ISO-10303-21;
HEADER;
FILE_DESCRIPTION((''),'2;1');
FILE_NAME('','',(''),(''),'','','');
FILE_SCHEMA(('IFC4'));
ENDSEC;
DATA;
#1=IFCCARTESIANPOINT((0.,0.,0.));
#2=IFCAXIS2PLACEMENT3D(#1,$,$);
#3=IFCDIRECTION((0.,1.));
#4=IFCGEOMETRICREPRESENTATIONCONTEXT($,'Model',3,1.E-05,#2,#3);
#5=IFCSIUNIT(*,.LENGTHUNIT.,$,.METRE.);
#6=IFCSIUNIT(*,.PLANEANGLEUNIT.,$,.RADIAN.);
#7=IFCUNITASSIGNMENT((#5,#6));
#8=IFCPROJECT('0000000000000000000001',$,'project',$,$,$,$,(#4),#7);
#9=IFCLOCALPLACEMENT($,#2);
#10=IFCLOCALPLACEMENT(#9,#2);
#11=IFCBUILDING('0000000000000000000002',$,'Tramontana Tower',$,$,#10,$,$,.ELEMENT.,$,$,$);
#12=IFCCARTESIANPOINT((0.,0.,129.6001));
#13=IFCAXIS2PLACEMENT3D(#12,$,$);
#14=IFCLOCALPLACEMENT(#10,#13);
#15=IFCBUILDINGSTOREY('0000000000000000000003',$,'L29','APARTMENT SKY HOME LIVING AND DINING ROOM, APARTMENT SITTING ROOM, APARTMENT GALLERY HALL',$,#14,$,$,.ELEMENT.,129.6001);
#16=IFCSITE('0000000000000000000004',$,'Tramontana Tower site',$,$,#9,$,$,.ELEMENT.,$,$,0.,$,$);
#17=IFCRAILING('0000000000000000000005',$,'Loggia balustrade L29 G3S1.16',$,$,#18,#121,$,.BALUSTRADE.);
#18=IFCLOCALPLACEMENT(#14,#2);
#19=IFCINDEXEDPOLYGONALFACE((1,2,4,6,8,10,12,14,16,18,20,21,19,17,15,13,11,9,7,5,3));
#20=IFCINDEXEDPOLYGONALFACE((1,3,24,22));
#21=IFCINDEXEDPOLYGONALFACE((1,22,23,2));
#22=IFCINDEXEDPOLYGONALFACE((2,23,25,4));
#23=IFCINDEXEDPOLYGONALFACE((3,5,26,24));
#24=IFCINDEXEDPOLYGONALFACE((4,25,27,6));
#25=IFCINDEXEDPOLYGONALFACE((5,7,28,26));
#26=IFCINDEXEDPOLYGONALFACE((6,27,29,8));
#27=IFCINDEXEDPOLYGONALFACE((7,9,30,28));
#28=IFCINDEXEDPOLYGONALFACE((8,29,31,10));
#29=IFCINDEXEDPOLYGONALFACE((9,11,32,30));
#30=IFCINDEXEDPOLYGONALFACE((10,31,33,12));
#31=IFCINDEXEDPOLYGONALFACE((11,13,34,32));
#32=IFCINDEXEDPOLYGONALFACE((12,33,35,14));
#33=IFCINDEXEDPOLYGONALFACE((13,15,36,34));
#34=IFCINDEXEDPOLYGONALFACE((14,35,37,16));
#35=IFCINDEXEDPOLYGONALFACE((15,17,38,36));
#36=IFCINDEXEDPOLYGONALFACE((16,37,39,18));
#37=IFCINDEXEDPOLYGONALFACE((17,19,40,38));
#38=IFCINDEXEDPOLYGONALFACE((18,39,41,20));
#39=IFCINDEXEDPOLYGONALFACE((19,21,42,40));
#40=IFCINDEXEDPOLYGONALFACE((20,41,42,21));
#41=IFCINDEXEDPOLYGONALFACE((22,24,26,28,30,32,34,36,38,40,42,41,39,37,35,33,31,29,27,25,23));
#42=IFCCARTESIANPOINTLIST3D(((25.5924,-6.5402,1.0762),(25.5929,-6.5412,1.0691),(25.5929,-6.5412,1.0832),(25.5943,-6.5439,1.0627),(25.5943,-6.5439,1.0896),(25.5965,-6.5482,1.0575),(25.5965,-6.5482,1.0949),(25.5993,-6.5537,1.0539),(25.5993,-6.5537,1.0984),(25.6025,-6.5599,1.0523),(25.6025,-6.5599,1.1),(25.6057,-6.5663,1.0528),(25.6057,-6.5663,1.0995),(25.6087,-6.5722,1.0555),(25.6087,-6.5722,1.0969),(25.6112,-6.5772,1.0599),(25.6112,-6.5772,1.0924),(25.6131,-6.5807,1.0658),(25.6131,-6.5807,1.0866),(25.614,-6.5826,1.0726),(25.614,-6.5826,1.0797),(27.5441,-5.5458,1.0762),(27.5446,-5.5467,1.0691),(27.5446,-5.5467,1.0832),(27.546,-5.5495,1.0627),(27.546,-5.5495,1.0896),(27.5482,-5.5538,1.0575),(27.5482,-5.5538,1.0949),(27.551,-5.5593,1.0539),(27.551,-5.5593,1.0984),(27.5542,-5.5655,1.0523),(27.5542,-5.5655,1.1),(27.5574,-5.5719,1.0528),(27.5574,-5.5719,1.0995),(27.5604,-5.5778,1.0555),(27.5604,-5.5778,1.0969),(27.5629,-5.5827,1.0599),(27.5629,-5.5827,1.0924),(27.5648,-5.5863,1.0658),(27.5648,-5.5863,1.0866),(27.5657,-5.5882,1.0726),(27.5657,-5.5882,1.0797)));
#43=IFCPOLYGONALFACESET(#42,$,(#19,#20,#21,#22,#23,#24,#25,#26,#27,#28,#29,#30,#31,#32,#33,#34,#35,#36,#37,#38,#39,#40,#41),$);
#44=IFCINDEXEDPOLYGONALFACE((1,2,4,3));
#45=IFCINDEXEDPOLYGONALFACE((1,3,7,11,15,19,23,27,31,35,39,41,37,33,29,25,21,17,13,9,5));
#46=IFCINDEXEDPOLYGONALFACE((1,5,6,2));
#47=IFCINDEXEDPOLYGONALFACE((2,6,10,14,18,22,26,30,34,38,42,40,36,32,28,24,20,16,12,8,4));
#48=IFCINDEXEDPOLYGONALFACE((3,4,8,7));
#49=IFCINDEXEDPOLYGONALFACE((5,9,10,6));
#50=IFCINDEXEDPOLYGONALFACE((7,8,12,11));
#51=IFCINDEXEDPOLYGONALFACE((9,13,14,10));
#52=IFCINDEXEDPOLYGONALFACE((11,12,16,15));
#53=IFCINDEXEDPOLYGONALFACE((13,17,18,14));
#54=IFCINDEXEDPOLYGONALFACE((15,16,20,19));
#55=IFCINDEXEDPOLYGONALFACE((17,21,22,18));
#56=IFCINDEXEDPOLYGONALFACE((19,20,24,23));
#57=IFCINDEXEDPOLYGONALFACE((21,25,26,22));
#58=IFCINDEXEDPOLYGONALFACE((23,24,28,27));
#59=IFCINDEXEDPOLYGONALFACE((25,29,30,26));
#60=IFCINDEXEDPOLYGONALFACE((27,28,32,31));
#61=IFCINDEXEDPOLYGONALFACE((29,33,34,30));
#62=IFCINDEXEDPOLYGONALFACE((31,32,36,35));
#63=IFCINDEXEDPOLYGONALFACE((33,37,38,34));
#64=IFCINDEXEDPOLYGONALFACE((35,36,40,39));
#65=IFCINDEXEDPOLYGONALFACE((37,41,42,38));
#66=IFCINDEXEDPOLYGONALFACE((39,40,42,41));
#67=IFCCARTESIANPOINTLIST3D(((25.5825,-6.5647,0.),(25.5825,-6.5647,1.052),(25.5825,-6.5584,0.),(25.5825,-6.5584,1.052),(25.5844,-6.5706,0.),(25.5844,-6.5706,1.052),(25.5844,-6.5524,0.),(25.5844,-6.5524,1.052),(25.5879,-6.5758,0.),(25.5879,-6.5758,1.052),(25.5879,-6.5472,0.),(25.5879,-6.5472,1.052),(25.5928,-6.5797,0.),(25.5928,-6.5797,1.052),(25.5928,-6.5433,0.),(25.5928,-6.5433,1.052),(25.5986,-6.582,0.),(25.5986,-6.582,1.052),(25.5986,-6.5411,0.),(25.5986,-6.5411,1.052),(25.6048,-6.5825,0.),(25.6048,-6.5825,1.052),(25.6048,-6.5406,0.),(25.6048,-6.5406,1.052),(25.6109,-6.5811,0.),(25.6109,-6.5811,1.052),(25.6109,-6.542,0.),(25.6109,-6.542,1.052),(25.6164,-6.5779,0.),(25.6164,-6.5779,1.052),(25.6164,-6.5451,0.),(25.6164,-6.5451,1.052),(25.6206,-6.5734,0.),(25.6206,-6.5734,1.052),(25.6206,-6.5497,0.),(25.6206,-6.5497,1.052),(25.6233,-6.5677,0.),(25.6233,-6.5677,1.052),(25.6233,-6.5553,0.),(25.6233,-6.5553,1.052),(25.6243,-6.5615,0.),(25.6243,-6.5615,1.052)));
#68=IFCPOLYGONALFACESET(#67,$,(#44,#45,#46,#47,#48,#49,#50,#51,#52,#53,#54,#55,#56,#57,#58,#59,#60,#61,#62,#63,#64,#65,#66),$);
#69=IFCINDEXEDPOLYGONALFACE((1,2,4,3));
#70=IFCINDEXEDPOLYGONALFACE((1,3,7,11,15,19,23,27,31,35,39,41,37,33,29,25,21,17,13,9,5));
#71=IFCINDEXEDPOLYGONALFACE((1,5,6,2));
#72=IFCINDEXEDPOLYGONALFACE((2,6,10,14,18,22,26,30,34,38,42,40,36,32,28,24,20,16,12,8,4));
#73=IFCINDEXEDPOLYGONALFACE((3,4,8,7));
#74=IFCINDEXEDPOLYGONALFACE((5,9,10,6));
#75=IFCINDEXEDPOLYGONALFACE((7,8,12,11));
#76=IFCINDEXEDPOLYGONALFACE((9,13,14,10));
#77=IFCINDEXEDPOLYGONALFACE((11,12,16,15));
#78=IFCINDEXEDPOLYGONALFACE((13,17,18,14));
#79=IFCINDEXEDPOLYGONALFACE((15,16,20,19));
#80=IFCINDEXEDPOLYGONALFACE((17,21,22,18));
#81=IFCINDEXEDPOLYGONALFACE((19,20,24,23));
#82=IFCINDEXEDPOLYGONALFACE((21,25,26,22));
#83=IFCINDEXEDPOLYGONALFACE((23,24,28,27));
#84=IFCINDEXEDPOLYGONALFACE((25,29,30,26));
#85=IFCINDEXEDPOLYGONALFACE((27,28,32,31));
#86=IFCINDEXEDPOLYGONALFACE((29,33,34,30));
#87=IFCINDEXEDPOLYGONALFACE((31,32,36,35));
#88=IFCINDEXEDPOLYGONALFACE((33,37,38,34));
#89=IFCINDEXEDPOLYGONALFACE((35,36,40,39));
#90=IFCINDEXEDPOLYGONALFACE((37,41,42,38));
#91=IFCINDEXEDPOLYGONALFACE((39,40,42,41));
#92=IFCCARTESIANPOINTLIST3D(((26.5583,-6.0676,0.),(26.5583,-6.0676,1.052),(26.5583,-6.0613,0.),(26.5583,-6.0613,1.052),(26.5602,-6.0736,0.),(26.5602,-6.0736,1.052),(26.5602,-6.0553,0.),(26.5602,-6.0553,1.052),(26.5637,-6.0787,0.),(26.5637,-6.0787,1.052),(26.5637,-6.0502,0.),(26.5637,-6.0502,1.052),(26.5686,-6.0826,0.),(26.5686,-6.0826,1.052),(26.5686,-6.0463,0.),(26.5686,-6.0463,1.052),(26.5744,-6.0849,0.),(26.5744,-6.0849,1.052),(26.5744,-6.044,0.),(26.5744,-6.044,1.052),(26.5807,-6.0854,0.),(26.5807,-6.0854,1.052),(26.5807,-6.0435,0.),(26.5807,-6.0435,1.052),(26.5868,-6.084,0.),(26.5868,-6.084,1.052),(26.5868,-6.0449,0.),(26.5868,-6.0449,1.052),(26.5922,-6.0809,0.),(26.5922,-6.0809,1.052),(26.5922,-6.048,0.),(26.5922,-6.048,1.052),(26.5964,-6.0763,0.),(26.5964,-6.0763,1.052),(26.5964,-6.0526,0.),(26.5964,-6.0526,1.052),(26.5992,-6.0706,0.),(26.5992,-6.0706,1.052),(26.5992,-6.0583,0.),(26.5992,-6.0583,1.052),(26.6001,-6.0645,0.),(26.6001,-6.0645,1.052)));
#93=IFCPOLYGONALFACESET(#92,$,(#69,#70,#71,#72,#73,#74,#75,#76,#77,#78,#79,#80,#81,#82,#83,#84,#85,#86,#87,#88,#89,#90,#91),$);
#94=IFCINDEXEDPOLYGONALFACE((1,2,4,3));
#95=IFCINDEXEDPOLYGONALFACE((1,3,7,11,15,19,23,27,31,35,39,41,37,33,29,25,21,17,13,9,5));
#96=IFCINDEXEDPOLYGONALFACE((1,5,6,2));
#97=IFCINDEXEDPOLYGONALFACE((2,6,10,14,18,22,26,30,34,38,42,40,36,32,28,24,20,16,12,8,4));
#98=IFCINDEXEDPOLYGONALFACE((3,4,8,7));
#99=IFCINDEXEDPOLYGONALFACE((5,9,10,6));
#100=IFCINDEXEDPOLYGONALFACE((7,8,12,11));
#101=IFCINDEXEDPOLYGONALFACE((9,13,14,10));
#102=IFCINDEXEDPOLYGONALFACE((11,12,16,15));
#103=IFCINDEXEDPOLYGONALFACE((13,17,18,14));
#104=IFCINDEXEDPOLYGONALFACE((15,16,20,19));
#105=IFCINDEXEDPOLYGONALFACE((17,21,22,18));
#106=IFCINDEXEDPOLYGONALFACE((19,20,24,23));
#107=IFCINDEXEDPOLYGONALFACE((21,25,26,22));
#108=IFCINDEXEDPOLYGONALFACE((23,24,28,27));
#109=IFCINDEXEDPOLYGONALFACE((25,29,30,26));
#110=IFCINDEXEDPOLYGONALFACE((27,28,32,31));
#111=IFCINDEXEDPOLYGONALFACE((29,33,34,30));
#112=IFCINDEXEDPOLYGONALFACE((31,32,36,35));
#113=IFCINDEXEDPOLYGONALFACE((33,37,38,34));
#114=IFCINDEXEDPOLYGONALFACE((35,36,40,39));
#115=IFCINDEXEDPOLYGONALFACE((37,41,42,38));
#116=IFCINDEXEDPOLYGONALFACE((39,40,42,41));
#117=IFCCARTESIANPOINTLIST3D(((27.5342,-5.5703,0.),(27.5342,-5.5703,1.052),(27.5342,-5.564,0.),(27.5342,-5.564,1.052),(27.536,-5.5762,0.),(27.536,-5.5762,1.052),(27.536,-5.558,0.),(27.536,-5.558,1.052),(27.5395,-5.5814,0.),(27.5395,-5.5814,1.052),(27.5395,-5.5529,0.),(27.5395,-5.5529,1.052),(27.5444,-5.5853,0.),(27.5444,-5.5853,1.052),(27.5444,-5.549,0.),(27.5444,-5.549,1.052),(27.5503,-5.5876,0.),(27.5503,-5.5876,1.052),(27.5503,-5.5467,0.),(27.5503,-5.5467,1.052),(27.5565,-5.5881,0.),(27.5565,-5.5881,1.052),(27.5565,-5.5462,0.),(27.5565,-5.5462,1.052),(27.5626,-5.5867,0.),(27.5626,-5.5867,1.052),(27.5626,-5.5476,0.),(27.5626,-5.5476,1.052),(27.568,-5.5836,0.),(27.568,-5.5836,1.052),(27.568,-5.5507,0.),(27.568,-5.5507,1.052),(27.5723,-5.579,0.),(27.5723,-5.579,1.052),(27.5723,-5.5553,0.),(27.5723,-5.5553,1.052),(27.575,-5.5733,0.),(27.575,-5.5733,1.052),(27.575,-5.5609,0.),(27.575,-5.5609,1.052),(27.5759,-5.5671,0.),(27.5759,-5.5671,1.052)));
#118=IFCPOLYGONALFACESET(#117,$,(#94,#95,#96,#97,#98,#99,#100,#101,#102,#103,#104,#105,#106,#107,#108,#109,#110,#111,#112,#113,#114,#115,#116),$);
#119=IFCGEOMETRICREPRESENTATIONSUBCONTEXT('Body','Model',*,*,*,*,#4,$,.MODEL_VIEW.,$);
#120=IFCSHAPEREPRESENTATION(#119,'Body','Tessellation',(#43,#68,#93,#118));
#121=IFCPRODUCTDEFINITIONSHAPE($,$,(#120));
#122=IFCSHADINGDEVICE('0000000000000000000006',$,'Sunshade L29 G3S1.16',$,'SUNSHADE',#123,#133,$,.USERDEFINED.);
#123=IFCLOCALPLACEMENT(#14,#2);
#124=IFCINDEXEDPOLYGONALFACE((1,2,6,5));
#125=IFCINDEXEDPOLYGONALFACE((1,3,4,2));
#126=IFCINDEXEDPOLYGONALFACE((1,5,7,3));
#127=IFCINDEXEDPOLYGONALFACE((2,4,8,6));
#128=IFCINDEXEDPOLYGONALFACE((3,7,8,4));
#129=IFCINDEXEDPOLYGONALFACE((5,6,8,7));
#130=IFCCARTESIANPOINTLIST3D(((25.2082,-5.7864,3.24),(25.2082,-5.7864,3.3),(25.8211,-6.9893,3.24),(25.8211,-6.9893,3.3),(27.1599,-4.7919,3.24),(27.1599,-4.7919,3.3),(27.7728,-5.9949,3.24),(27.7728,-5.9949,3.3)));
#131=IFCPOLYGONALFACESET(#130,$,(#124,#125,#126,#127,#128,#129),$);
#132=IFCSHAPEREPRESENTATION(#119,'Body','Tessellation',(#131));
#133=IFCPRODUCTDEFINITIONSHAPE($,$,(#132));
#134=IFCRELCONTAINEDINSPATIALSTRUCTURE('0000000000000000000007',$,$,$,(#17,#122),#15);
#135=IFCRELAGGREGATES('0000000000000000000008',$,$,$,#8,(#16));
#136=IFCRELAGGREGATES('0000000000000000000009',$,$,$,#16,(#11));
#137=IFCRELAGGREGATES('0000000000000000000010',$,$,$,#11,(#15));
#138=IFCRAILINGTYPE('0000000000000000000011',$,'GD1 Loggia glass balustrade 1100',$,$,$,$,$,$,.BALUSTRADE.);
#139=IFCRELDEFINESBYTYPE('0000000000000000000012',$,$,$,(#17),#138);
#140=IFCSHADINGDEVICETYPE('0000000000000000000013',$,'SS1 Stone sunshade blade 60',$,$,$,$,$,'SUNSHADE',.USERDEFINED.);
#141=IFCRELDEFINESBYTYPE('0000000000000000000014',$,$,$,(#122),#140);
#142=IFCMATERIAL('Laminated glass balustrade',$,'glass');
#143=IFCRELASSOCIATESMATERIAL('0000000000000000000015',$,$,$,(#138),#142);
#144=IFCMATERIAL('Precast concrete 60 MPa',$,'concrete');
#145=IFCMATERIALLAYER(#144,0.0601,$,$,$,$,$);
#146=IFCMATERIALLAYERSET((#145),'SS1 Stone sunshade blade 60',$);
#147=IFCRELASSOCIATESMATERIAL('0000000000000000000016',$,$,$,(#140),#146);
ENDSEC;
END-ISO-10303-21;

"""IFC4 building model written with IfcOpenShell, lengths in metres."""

from ifc_helpers import new_model, si_unit, direction, frame, origin, origin_2d, place, context, subcontext, project, spatial, rectangle, circle, extrude, material, layer, layer_set, type_object, element, save


model = new_model("IFC4")

# Units and contexts
model_context = context("Model", 3, precision=1e-05, world=origin(), true_north=direction((0.0, 1.0)))
body_context = subcontext(model_context, "Body", "Model", "MODEL_VIEW")
ifc_project = project(units=[si_unit("LENGTHUNIT", "METRE"), si_unit("PLANEANGLEUNIT", "RADIAN")], contexts=[model_context])

# Site, building, storey
site_placement = place(None, origin())
site = spatial("IfcSite", under=ifc_project, at=site_placement, Name="Tramontana Tower site", CompositionType="ELEMENT", RefElevation=0.0)
building_placement = place(site_placement, origin())
building = spatial("IfcBuilding", under=site, at=building_placement, Name="Tramontana Tower", CompositionType="ELEMENT")
storey_placement = place(building_placement, frame((0.0, 0.0, 129.6001)))
storey = spatial("IfcBuildingStorey", under=building, at=storey_placement, Name="L29", Description="APARTMENT SKY HOME LIVING AND DINING ROOM, APARTMENT SITTING ROOM, APARTMENT GALLERY HALL", CompositionType="ELEMENT", Elevation=129.6001)

# Railing
ifc_material_1 = material(Name="Laminated glass balustrade", Category="glass")
railing_type = type_object("IfcRailingType", Name="GD1 Loggia glass balustrade 1100", PredefinedType="BALUSTRADE", material=ifc_material_1)
railing_placement = place(storey_placement, frame((25.6033, -6.5615, 0.0)))
element("IfcRailing", 1, at=railing_placement, inside=storey, type_object=railing_type, Name="Loggia balustrade L29 G3S1.16", PredefinedType="BALUSTRADE", context=body_context, shape_type="SweptSolid", body=[
    extrude(circle(Radius=0.0239, at=origin_2d()), frame((0.0, 0.0, 1.0762), z_axis=(0.891013, 0.453978, 0.0), x_axis=(-0.453978, 0.891013, 0.0)), (0.0, 0.0, 1.0), 2.1904),
    extrude(circle(Radius=0.021, at=origin_2d()), origin(), (0.0, 0.0, 1.0), 1.052),
    extrude(circle(Radius=0.021, at=origin_2d()), frame((0.9758, 0.4971, 0.0)), (0.0, 0.0, 1.0), 1.052),
    extrude(circle(Radius=0.021, at=origin_2d()), frame((1.9517, 0.9944, 0.0)), (0.0, 0.0, 1.0), 1.052),
])

# Shading device
ifc_material_2 = material(Name="Precast concrete 60 MPa", Category="concrete")
ifc_layer_1 = layer(ifc_material_2, 0.0601)
ifc_layer_set_1 = layer_set([ifc_layer_1], Name="SS1 Stone sunshade blade 60")
shading_device_type = type_object("IfcShadingDeviceType", Name="SS1 Stone sunshade blade 60", ElementType="SUNSHADE", PredefinedType="USERDEFINED", material=ifc_layer_set_1)
shading_device_placement = place(storey_placement, frame((26.4905, -5.8906, 3.24), z_axis=(0.0, 0.0, 1.0), x_axis=(0.891007, 0.45399, 0.0)))
element("IfcShadingDevice", 2, at=shading_device_placement, inside=storey, type_object=shading_device_type, Name="Sunshade L29 G3S1.16", ObjectType="SUNSHADE", PredefinedType="USERDEFINED", context=body_context, shape_type="SweptSolid", body=[
    extrude(rectangle(XDim=2.1904, YDim=1.3501, at=origin_2d()), origin(), (0.0, 0.0, 1.0), 0.0601),
])

save(model, "model.ifc")
